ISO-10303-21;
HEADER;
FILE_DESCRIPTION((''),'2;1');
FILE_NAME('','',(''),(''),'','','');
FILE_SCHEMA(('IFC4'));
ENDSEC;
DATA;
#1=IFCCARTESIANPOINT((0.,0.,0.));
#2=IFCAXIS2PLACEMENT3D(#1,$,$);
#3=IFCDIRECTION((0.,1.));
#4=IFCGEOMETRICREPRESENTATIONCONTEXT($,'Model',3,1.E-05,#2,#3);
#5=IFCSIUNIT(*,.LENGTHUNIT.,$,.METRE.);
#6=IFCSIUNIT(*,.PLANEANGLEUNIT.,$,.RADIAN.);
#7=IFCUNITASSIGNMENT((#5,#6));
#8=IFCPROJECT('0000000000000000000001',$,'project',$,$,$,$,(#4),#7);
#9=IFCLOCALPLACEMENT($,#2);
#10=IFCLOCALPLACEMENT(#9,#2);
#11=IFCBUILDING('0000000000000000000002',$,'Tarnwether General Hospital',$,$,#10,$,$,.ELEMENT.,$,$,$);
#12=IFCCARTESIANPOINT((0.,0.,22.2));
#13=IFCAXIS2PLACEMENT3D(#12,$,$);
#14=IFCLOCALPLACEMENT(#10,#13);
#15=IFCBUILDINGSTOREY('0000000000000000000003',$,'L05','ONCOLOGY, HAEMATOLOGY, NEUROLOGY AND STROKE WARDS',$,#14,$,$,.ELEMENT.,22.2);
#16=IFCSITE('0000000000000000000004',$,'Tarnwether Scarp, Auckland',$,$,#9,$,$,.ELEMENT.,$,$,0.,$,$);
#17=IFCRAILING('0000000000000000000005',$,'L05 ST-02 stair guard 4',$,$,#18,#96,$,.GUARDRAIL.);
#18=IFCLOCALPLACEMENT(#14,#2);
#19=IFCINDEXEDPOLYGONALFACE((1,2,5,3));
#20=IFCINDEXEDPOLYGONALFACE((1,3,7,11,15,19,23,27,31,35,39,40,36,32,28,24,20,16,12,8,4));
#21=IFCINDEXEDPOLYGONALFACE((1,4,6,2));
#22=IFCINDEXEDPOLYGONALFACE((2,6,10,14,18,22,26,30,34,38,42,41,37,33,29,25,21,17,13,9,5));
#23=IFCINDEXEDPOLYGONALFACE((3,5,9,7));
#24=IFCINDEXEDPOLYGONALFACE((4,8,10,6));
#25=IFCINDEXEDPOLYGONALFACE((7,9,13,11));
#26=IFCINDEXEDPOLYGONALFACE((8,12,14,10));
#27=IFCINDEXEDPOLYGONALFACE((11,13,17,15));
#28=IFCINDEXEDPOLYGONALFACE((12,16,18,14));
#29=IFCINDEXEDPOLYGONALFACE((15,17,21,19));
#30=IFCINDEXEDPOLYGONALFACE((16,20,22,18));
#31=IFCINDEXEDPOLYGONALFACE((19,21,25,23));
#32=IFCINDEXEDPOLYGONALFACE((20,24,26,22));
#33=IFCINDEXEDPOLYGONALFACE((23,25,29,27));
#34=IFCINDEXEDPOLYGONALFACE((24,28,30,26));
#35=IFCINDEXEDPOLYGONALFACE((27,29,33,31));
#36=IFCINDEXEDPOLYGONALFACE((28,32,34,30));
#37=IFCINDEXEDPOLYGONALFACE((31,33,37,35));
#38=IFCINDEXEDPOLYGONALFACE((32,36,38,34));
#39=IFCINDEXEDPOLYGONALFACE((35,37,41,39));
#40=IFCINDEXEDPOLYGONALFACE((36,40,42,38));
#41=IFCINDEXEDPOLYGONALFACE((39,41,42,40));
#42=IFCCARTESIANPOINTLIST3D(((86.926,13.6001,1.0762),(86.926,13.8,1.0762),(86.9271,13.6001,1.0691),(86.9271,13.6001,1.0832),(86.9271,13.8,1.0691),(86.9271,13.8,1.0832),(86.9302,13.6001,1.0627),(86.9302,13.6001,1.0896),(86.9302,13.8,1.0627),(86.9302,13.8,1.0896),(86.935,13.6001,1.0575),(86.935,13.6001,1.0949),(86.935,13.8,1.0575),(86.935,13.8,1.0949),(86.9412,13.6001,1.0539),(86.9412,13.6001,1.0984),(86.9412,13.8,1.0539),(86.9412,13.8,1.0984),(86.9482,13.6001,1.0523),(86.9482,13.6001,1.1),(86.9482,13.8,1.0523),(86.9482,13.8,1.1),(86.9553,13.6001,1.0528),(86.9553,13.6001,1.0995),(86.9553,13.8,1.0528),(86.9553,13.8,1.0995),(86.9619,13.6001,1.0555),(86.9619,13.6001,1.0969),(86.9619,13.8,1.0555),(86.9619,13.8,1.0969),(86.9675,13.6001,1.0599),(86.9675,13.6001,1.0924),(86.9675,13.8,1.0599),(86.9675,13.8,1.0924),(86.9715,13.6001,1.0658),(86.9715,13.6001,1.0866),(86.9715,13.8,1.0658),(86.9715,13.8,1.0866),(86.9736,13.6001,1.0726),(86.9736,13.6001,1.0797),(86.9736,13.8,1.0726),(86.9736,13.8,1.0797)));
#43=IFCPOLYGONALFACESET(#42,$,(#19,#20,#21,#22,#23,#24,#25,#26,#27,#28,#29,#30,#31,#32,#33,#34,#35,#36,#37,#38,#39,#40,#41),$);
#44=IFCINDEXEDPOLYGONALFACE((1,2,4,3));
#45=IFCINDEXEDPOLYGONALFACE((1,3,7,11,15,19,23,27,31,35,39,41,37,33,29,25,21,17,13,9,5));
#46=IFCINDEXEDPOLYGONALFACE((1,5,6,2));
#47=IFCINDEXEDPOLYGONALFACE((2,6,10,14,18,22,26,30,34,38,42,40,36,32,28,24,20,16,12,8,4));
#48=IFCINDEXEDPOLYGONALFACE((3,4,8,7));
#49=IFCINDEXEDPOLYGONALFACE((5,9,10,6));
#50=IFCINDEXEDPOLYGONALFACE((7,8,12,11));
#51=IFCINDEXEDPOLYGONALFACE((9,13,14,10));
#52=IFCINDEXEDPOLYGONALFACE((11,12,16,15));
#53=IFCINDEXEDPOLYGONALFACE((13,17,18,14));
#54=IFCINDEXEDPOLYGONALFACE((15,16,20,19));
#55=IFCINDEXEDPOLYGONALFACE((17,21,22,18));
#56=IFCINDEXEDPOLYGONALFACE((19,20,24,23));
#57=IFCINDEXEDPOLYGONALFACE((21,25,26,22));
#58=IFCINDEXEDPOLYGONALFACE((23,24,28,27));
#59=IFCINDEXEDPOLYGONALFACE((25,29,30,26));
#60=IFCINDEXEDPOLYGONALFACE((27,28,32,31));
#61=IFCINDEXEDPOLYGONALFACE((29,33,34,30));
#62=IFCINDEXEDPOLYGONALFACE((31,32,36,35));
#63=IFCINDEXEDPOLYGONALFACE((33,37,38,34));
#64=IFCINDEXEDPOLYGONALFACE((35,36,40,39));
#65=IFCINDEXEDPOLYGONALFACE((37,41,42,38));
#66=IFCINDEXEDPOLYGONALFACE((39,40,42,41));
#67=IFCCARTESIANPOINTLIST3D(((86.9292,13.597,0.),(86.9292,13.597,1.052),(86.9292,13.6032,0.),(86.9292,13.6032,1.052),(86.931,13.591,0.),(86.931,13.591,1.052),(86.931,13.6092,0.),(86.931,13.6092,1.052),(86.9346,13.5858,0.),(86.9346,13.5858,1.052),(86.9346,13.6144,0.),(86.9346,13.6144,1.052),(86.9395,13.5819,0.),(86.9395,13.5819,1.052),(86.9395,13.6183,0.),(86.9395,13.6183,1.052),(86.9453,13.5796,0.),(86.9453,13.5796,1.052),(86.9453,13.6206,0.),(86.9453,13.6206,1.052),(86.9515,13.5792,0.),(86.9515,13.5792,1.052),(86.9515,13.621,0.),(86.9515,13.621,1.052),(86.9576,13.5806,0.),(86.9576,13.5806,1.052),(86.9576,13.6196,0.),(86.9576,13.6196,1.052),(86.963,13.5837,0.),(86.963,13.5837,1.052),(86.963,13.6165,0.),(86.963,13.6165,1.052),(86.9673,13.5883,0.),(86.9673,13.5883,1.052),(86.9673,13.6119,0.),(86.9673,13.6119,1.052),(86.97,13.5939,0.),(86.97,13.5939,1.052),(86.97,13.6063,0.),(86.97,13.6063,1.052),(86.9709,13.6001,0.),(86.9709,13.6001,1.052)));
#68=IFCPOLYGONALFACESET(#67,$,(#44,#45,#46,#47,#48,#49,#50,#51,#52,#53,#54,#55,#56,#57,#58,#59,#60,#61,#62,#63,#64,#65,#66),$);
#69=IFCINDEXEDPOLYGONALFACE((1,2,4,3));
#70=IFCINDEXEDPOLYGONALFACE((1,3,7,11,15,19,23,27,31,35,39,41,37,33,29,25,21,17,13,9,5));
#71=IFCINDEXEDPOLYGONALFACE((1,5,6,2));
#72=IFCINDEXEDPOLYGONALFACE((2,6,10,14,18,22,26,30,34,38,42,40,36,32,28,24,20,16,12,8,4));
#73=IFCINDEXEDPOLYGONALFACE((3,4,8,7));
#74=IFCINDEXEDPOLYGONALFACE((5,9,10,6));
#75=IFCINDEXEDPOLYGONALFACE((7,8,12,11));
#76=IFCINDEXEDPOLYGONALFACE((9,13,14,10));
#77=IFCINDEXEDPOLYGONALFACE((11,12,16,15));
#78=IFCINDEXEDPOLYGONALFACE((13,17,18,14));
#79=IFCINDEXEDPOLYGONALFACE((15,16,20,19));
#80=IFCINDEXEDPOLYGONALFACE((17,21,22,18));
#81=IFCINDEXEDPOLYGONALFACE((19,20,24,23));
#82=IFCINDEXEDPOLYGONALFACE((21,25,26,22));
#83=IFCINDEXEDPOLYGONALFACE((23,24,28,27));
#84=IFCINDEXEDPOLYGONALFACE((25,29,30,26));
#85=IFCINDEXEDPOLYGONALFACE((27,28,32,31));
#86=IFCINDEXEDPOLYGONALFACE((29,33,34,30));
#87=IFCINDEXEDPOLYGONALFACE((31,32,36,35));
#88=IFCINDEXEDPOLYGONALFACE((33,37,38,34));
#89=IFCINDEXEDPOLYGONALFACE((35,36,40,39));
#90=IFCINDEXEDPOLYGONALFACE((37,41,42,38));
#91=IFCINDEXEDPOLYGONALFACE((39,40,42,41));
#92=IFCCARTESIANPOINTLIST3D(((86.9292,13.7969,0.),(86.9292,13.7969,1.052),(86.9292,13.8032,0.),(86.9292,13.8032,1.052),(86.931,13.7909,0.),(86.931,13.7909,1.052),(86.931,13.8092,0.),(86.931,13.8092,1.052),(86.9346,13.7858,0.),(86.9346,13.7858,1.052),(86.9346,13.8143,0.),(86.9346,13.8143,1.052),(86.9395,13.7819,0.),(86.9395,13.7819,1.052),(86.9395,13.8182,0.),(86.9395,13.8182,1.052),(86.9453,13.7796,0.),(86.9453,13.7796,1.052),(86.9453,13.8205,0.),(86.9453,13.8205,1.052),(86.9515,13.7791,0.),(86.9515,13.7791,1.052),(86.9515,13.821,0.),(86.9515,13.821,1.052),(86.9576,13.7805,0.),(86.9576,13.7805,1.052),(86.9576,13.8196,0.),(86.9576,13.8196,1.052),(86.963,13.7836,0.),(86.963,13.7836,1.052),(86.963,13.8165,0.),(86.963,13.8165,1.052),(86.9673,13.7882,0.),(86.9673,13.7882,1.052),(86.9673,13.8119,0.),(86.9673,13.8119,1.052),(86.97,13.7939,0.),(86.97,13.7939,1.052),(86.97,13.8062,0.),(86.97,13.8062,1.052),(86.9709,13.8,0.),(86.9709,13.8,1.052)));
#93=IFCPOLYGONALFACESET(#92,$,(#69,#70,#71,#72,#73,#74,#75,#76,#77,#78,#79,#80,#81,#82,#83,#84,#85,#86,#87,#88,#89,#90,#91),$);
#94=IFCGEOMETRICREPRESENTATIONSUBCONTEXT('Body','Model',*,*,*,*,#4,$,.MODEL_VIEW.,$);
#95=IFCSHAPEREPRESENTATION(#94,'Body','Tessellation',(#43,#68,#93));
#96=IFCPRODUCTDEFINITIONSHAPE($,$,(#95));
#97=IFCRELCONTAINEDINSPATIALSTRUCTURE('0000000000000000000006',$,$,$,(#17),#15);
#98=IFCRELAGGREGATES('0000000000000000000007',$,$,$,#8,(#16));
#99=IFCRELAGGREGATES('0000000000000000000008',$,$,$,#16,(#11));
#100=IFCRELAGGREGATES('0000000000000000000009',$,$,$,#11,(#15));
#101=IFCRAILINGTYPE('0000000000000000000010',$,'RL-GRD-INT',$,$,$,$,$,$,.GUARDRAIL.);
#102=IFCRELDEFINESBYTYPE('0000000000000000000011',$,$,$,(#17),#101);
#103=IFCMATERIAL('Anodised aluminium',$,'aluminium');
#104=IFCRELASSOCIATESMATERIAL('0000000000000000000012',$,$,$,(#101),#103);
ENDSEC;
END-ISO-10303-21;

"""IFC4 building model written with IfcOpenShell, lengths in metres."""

from ifc_helpers import new_model, si_unit, direction, frame, origin, origin_2d, place, context, subcontext, project, spatial, circle, extrude, material, type_object, element, save


model = new_model("IFC4")

# Units and contexts
model_context = context("Model", 3, precision=1e-05, world=origin(), true_north=direction((0.0, 1.0)))
body_context = subcontext(model_context, "Body", "Model", "MODEL_VIEW")
ifc_project = project(units=[si_unit("LENGTHUNIT", "METRE"), si_unit("PLANEANGLEUNIT", "RADIAN")], contexts=[model_context])

# Site, building, storey
site_placement = place(None, origin())
site = spatial("IfcSite", under=ifc_project, at=site_placement, Name="Tarnwether Scarp, Auckland", CompositionType="ELEMENT", RefElevation=0.0)
building_placement = place(site_placement, origin())
building = spatial("IfcBuilding", under=site, at=building_placement, Name="Tarnwether General Hospital", CompositionType="ELEMENT")
storey_placement = place(building_placement, frame((0.0, 0.0, 22.2)))
storey = spatial("IfcBuildingStorey", under=building, at=storey_placement, Name="L05", Description="ONCOLOGY, HAEMATOLOGY, NEUROLOGY AND STROKE WARDS", CompositionType="ELEMENT", Elevation=22.2)

# Railing
ifc_material_1 = material(Name="Anodised aluminium", Category="aluminium")
railing_type_1 = type_object("IfcRailingType", Name="RL-GRD-INT", PredefinedType="GUARDRAIL", material=ifc_material_1)
railing_1_placement = place(storey_placement, frame((86.95, 13.6001, 0.0)))
element("IfcRailing", 1, at=railing_1_placement, inside=storey, type_object=railing_type_1, Name="L05 ST-02 stair guard 4", PredefinedType="GUARDRAIL", context=body_context, shape_type="SweptSolid", body=[
    extrude(circle(Radius=0.0239, at=origin_2d()), frame((0.0, 0.0, 1.0762), z_axis=(0.0, 1.0, 0.0), x_axis=(-1.0, 0.0, 0.0)), (0.0, 0.0, 1.0), 0.2),
    extrude(circle(Radius=0.021, at=origin_2d()), origin(), (0.0, 0.0, 1.0), 1.052),
    extrude(circle(Radius=0.021, at=origin_2d()), frame((0.0, 0.2, 0.0)), (0.0, 0.0, 1.0), 1.052),
])

save(model, "model.ifc")
